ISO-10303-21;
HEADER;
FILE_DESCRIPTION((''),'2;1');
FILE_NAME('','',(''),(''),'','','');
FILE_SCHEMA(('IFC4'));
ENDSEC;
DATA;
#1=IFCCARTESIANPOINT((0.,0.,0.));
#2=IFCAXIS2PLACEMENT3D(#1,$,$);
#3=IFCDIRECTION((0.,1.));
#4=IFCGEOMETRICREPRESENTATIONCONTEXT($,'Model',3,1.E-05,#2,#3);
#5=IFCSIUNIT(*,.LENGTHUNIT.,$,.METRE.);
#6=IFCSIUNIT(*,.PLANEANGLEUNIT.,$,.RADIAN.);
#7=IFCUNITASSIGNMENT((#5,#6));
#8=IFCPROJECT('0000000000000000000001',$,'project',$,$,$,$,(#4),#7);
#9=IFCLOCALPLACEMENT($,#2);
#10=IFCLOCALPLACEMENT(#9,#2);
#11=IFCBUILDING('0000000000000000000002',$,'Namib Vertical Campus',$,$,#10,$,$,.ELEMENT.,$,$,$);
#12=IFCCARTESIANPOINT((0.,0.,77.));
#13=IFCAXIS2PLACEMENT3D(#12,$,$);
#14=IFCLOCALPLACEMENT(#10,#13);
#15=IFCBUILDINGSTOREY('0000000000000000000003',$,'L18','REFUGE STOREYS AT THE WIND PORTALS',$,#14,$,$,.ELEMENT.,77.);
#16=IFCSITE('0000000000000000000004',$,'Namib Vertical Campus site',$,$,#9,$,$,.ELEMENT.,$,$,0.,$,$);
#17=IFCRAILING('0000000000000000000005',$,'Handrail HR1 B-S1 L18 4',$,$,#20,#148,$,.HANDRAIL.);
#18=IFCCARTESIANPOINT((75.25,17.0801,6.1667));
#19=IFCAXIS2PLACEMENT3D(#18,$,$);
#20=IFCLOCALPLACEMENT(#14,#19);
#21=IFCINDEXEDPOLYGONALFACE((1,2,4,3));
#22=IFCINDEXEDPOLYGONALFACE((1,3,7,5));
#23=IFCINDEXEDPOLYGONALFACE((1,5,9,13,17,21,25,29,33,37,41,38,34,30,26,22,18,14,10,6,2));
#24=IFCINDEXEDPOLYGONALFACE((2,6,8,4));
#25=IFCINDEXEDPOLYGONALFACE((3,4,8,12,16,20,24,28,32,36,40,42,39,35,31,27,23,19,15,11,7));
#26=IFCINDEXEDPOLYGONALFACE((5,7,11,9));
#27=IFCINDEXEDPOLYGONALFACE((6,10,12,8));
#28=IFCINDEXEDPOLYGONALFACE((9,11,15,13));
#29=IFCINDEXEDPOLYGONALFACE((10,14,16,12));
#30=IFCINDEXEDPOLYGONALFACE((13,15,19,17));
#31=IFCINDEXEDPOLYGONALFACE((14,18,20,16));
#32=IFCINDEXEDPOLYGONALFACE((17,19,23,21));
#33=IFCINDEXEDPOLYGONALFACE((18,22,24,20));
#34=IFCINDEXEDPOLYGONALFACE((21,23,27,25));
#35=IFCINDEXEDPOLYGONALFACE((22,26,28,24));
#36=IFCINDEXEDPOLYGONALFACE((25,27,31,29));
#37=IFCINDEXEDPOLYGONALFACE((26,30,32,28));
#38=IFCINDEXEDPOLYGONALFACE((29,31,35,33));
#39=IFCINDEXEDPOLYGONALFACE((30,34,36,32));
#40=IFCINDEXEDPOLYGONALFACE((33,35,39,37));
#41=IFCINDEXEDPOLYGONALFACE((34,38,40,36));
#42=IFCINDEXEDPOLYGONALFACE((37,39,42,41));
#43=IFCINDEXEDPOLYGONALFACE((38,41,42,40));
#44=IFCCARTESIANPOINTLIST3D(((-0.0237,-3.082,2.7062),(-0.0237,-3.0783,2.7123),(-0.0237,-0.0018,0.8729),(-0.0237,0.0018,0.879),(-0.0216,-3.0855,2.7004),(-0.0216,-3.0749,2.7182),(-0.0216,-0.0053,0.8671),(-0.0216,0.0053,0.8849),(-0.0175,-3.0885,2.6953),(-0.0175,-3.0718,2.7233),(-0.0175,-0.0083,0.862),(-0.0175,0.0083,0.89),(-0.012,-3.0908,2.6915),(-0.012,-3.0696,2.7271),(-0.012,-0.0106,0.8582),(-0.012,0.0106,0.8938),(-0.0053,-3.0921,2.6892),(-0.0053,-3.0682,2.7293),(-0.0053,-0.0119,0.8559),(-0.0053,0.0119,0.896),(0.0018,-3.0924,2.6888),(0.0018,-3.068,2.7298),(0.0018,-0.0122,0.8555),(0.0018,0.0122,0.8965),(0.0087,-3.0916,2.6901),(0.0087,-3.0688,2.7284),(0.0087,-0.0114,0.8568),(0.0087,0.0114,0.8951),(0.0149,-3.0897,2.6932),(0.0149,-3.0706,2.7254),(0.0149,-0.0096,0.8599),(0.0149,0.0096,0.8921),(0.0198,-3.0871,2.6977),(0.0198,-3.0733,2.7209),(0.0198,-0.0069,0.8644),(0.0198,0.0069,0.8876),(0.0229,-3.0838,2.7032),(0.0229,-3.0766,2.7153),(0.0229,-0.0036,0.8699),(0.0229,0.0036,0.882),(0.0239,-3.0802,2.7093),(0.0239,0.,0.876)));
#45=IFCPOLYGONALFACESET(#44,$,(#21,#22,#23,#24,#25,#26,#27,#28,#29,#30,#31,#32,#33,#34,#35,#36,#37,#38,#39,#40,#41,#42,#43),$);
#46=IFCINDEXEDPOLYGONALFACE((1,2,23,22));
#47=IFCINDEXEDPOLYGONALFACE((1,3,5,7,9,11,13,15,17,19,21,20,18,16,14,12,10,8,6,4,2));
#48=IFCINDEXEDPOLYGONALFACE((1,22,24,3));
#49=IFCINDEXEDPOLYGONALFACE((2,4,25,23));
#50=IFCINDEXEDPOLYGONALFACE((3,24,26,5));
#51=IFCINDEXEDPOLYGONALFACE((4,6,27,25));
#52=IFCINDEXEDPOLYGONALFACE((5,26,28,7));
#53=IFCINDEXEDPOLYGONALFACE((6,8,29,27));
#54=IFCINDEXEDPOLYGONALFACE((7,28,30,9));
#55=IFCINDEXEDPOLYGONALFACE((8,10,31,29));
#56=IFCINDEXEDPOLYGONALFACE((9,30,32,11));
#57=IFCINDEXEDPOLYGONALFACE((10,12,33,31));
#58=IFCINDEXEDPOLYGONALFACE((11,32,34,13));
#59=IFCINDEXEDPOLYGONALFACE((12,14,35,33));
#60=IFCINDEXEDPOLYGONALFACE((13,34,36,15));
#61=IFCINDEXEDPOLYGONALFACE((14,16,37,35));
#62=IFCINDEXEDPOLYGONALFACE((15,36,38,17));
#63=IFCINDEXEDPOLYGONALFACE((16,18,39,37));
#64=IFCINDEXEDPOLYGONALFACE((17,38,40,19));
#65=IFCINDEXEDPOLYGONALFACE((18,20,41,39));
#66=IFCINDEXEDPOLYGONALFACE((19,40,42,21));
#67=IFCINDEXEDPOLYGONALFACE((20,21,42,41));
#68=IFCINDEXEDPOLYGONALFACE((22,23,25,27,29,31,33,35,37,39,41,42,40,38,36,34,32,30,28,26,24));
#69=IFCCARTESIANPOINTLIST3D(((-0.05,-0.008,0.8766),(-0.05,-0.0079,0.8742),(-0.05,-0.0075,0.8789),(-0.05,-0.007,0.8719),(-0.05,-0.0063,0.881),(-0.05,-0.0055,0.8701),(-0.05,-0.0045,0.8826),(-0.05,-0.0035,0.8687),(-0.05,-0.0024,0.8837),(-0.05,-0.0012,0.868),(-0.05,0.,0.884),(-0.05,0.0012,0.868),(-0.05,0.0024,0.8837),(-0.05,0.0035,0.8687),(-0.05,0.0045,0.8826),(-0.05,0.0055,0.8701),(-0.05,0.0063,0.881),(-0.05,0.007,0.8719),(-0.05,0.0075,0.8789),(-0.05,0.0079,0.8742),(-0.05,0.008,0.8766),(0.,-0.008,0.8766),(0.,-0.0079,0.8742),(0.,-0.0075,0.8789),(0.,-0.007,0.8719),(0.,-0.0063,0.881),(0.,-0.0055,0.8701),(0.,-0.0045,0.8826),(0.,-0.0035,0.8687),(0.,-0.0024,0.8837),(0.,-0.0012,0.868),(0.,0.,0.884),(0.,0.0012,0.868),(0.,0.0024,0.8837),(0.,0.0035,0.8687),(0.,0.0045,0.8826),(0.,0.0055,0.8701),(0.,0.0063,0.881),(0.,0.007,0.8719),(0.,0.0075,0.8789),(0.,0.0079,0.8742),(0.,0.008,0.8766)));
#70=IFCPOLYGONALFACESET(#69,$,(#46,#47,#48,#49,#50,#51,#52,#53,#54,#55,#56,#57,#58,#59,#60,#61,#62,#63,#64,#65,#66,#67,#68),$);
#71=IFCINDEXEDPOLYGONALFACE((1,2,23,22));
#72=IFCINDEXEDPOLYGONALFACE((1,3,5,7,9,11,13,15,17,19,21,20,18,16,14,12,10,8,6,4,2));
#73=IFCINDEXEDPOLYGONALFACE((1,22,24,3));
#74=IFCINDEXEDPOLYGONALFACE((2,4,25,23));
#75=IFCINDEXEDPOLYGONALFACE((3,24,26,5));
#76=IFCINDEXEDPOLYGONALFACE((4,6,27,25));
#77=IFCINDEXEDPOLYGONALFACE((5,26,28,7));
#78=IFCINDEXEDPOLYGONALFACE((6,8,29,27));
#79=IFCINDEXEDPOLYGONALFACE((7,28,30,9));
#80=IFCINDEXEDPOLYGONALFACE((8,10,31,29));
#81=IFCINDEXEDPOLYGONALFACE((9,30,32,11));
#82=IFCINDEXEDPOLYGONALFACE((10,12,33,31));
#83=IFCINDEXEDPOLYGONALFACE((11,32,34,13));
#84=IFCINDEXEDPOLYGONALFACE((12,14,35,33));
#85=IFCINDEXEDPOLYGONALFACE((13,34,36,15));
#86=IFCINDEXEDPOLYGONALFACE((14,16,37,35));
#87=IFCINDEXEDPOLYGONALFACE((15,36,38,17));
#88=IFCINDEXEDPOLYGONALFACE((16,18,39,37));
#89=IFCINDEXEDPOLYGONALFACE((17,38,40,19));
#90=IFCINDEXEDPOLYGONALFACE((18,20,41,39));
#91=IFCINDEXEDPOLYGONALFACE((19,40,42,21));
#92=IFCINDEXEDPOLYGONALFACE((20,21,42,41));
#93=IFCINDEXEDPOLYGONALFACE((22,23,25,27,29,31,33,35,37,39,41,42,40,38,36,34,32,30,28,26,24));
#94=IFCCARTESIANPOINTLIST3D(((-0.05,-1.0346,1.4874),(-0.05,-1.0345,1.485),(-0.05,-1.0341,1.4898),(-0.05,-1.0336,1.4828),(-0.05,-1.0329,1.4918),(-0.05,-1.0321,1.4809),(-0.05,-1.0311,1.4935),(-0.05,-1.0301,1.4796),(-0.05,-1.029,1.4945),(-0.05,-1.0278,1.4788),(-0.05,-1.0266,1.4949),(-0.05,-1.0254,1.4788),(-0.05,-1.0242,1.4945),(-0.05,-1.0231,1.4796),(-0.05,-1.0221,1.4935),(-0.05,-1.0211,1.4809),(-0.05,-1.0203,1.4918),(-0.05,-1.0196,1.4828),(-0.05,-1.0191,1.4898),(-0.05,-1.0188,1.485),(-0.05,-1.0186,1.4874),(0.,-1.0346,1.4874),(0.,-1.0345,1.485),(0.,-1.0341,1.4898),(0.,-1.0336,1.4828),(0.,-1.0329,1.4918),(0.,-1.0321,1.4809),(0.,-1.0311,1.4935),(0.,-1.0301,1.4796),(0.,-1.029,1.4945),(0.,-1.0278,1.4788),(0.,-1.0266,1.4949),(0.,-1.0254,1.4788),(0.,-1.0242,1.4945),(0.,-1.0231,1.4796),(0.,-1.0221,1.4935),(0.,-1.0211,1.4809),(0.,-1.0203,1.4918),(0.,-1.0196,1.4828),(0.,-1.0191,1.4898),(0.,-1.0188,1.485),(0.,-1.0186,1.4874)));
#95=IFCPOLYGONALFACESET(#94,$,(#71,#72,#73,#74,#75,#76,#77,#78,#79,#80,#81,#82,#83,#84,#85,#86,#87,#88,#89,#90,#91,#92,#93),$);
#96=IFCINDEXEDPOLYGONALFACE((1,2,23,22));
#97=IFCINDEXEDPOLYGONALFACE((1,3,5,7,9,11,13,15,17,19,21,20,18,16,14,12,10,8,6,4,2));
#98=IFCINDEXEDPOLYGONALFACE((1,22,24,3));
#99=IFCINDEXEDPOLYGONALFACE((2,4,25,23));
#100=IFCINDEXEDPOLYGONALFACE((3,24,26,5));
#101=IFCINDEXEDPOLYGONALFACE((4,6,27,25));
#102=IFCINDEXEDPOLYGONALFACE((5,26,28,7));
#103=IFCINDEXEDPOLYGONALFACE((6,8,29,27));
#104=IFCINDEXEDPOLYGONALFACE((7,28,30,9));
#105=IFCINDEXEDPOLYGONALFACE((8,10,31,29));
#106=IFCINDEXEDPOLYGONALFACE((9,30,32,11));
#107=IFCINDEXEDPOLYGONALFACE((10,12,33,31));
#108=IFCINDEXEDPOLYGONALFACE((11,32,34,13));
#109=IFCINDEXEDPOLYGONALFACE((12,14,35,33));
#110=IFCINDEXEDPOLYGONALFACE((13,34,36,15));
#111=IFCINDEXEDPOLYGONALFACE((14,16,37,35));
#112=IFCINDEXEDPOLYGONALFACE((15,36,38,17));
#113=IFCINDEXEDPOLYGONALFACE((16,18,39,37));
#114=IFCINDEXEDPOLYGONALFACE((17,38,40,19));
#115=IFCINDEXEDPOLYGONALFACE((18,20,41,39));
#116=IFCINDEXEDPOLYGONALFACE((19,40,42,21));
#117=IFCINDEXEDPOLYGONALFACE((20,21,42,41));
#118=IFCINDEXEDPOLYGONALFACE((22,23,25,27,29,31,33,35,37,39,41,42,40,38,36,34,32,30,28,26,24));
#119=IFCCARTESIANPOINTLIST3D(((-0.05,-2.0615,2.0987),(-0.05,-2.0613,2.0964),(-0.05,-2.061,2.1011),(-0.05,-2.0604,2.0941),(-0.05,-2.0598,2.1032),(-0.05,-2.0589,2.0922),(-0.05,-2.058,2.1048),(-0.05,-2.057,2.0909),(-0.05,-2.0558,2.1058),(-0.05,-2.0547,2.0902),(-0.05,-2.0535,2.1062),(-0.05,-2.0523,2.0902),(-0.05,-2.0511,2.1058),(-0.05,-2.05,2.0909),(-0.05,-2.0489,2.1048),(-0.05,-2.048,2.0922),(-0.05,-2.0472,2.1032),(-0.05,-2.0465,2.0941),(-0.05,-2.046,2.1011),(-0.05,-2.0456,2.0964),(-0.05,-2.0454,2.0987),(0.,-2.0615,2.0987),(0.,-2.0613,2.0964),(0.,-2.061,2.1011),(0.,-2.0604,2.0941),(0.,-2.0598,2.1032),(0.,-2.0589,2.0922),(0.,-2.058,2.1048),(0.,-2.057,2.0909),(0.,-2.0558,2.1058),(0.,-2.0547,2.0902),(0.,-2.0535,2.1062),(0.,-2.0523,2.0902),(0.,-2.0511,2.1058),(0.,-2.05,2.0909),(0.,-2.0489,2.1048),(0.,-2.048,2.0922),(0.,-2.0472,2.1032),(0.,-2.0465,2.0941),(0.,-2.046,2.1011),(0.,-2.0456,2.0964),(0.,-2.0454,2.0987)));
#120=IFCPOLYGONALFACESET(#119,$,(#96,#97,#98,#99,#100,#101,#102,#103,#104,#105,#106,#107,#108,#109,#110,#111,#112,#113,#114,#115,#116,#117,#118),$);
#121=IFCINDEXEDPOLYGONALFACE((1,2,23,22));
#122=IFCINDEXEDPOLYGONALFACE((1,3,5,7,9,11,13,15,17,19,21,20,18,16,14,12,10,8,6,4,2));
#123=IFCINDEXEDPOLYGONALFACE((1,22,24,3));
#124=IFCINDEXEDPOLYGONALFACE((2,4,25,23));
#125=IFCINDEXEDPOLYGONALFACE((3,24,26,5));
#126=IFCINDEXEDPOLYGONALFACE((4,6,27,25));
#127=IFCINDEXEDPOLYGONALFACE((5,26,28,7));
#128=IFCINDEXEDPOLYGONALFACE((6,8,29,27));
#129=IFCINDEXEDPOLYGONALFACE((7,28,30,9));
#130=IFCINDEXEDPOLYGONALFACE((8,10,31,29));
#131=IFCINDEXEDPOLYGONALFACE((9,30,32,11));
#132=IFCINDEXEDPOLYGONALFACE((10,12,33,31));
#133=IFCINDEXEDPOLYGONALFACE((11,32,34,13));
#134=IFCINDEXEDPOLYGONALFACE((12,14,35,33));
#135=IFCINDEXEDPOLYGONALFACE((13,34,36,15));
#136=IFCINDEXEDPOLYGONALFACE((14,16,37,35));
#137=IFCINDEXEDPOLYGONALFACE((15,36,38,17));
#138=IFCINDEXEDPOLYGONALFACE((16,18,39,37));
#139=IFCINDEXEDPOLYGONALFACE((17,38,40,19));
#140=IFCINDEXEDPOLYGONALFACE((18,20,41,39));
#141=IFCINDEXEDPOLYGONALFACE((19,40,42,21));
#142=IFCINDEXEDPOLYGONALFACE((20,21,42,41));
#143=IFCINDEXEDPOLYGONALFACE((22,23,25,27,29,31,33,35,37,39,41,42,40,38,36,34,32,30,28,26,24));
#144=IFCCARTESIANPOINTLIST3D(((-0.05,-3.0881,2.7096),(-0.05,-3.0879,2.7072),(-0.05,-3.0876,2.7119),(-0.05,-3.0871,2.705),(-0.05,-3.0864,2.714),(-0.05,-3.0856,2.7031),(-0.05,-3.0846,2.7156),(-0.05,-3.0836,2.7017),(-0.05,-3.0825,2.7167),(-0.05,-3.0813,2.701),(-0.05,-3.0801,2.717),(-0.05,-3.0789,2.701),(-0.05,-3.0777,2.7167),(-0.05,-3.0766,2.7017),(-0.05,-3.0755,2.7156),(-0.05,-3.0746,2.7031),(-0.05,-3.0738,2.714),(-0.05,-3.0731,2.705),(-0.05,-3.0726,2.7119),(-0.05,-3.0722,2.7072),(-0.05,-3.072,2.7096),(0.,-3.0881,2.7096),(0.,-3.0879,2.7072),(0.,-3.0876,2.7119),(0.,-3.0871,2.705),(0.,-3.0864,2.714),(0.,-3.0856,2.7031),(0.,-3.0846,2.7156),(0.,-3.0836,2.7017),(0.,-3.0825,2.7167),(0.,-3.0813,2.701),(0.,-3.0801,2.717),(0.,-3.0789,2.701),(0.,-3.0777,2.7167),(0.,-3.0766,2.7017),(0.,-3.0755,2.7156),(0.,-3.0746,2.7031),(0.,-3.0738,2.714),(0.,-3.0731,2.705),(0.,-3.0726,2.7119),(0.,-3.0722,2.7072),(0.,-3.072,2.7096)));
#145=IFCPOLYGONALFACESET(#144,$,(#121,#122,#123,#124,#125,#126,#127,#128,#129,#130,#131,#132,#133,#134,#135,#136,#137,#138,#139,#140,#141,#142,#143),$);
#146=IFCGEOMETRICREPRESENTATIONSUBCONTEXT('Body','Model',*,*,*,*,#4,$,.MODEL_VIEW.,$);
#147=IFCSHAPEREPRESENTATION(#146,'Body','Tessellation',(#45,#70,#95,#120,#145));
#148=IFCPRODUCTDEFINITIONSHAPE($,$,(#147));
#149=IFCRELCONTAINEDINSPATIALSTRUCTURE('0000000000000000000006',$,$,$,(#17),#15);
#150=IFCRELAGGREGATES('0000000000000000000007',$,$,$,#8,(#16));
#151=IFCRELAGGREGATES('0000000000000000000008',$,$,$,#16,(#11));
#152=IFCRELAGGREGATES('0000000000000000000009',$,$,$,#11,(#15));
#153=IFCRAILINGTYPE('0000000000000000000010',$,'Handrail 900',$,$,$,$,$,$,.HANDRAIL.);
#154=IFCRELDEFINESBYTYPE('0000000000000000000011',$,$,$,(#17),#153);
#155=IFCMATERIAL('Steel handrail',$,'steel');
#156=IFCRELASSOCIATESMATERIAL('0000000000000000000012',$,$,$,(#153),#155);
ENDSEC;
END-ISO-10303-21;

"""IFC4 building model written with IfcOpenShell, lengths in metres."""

from ifc_helpers import new_model, si_unit, direction, frame, origin, origin_2d, place, context, subcontext, project, spatial, circle, extrude, material, type_object, element, save


model = new_model("IFC4")

# Units and contexts
model_context = context("Model", 3, precision=1e-05, world=origin(), true_north=direction((0.0, 1.0)))
body_context = subcontext(model_context, "Body", "Model", "MODEL_VIEW")
ifc_project = project(units=[si_unit("LENGTHUNIT", "METRE"), si_unit("PLANEANGLEUNIT", "RADIAN")], contexts=[model_context])

# Site, building, storey
site_placement = place(None, origin())
site = spatial("IfcSite", under=ifc_project, at=site_placement, Name="Namib Vertical Campus site", CompositionType="ELEMENT", RefElevation=0.0)
building_placement = place(site_placement, origin())
building = spatial("IfcBuilding", under=site, at=building_placement, Name="Namib Vertical Campus", CompositionType="ELEMENT")
storey_placement = place(building_placement, frame((0.0, 0.0, 77.0)))
storey = spatial("IfcBuildingStorey", under=building, at=storey_placement, Name="L18", Description="REFUGE STOREYS AT THE WIND PORTALS", CompositionType="ELEMENT", Elevation=77.0)

# Railing
ifc_material_1 = material(Name="Steel handrail", Category="steel")
railing_type_1 = type_object("IfcRailingType", Name="Handrail 900", PredefinedType="HANDRAIL", material=ifc_material_1)
railing_1_placement = place(storey_placement, frame((75.25, 17.0801, 6.1667)))
element("IfcRailing", 1, at=railing_1_placement, inside=storey, type_object=railing_type_1, Name="Handrail HR1 B-S1 L18 4", PredefinedType="HANDRAIL", context=body_context, shape_type="SweptSolid", body=[
    extrude(circle(Radius=0.0239, at=origin_2d()), frame((0.0, 0.0, 0.876), z_axis=(0.0, -0.859309, 0.511458), x_axis=(1.0, 0.0, 0.0)), (0.0, 0.0, 1.0), 3.5845),
    extrude(circle(Radius=0.0081, at=origin_2d()), frame((0.0, 0.0, 0.876), z_axis=(-1.0, 0.0, 0.0), x_axis=(0.0, 0.0, 1.0)), (0.0, 0.0, 1.0), 0.05),
    extrude(circle(Radius=0.0081, at=origin_2d()), frame((0.0, -1.0266, 1.4868), z_axis=(-1.0, 0.0, 0.0), x_axis=(0.0, 0.0, 1.0)), (0.0, 0.0, 1.0), 0.05),
    extrude(circle(Radius=0.0081, at=origin_2d()), frame((0.0, -2.0535, 2.0981), z_axis=(-1.0, 0.0, 0.0), x_axis=(0.0, 0.0, 1.0)), (0.0, 0.0, 1.0), 0.05),
    extrude(circle(Radius=0.0081, at=origin_2d()), frame((0.0, -3.0801, 2.709), z_axis=(-1.0, 0.0, 0.0), x_axis=(0.0, 0.0, 1.0)), (0.0, 0.0, 1.0), 0.05),
])

save(model, "model.ifc")
